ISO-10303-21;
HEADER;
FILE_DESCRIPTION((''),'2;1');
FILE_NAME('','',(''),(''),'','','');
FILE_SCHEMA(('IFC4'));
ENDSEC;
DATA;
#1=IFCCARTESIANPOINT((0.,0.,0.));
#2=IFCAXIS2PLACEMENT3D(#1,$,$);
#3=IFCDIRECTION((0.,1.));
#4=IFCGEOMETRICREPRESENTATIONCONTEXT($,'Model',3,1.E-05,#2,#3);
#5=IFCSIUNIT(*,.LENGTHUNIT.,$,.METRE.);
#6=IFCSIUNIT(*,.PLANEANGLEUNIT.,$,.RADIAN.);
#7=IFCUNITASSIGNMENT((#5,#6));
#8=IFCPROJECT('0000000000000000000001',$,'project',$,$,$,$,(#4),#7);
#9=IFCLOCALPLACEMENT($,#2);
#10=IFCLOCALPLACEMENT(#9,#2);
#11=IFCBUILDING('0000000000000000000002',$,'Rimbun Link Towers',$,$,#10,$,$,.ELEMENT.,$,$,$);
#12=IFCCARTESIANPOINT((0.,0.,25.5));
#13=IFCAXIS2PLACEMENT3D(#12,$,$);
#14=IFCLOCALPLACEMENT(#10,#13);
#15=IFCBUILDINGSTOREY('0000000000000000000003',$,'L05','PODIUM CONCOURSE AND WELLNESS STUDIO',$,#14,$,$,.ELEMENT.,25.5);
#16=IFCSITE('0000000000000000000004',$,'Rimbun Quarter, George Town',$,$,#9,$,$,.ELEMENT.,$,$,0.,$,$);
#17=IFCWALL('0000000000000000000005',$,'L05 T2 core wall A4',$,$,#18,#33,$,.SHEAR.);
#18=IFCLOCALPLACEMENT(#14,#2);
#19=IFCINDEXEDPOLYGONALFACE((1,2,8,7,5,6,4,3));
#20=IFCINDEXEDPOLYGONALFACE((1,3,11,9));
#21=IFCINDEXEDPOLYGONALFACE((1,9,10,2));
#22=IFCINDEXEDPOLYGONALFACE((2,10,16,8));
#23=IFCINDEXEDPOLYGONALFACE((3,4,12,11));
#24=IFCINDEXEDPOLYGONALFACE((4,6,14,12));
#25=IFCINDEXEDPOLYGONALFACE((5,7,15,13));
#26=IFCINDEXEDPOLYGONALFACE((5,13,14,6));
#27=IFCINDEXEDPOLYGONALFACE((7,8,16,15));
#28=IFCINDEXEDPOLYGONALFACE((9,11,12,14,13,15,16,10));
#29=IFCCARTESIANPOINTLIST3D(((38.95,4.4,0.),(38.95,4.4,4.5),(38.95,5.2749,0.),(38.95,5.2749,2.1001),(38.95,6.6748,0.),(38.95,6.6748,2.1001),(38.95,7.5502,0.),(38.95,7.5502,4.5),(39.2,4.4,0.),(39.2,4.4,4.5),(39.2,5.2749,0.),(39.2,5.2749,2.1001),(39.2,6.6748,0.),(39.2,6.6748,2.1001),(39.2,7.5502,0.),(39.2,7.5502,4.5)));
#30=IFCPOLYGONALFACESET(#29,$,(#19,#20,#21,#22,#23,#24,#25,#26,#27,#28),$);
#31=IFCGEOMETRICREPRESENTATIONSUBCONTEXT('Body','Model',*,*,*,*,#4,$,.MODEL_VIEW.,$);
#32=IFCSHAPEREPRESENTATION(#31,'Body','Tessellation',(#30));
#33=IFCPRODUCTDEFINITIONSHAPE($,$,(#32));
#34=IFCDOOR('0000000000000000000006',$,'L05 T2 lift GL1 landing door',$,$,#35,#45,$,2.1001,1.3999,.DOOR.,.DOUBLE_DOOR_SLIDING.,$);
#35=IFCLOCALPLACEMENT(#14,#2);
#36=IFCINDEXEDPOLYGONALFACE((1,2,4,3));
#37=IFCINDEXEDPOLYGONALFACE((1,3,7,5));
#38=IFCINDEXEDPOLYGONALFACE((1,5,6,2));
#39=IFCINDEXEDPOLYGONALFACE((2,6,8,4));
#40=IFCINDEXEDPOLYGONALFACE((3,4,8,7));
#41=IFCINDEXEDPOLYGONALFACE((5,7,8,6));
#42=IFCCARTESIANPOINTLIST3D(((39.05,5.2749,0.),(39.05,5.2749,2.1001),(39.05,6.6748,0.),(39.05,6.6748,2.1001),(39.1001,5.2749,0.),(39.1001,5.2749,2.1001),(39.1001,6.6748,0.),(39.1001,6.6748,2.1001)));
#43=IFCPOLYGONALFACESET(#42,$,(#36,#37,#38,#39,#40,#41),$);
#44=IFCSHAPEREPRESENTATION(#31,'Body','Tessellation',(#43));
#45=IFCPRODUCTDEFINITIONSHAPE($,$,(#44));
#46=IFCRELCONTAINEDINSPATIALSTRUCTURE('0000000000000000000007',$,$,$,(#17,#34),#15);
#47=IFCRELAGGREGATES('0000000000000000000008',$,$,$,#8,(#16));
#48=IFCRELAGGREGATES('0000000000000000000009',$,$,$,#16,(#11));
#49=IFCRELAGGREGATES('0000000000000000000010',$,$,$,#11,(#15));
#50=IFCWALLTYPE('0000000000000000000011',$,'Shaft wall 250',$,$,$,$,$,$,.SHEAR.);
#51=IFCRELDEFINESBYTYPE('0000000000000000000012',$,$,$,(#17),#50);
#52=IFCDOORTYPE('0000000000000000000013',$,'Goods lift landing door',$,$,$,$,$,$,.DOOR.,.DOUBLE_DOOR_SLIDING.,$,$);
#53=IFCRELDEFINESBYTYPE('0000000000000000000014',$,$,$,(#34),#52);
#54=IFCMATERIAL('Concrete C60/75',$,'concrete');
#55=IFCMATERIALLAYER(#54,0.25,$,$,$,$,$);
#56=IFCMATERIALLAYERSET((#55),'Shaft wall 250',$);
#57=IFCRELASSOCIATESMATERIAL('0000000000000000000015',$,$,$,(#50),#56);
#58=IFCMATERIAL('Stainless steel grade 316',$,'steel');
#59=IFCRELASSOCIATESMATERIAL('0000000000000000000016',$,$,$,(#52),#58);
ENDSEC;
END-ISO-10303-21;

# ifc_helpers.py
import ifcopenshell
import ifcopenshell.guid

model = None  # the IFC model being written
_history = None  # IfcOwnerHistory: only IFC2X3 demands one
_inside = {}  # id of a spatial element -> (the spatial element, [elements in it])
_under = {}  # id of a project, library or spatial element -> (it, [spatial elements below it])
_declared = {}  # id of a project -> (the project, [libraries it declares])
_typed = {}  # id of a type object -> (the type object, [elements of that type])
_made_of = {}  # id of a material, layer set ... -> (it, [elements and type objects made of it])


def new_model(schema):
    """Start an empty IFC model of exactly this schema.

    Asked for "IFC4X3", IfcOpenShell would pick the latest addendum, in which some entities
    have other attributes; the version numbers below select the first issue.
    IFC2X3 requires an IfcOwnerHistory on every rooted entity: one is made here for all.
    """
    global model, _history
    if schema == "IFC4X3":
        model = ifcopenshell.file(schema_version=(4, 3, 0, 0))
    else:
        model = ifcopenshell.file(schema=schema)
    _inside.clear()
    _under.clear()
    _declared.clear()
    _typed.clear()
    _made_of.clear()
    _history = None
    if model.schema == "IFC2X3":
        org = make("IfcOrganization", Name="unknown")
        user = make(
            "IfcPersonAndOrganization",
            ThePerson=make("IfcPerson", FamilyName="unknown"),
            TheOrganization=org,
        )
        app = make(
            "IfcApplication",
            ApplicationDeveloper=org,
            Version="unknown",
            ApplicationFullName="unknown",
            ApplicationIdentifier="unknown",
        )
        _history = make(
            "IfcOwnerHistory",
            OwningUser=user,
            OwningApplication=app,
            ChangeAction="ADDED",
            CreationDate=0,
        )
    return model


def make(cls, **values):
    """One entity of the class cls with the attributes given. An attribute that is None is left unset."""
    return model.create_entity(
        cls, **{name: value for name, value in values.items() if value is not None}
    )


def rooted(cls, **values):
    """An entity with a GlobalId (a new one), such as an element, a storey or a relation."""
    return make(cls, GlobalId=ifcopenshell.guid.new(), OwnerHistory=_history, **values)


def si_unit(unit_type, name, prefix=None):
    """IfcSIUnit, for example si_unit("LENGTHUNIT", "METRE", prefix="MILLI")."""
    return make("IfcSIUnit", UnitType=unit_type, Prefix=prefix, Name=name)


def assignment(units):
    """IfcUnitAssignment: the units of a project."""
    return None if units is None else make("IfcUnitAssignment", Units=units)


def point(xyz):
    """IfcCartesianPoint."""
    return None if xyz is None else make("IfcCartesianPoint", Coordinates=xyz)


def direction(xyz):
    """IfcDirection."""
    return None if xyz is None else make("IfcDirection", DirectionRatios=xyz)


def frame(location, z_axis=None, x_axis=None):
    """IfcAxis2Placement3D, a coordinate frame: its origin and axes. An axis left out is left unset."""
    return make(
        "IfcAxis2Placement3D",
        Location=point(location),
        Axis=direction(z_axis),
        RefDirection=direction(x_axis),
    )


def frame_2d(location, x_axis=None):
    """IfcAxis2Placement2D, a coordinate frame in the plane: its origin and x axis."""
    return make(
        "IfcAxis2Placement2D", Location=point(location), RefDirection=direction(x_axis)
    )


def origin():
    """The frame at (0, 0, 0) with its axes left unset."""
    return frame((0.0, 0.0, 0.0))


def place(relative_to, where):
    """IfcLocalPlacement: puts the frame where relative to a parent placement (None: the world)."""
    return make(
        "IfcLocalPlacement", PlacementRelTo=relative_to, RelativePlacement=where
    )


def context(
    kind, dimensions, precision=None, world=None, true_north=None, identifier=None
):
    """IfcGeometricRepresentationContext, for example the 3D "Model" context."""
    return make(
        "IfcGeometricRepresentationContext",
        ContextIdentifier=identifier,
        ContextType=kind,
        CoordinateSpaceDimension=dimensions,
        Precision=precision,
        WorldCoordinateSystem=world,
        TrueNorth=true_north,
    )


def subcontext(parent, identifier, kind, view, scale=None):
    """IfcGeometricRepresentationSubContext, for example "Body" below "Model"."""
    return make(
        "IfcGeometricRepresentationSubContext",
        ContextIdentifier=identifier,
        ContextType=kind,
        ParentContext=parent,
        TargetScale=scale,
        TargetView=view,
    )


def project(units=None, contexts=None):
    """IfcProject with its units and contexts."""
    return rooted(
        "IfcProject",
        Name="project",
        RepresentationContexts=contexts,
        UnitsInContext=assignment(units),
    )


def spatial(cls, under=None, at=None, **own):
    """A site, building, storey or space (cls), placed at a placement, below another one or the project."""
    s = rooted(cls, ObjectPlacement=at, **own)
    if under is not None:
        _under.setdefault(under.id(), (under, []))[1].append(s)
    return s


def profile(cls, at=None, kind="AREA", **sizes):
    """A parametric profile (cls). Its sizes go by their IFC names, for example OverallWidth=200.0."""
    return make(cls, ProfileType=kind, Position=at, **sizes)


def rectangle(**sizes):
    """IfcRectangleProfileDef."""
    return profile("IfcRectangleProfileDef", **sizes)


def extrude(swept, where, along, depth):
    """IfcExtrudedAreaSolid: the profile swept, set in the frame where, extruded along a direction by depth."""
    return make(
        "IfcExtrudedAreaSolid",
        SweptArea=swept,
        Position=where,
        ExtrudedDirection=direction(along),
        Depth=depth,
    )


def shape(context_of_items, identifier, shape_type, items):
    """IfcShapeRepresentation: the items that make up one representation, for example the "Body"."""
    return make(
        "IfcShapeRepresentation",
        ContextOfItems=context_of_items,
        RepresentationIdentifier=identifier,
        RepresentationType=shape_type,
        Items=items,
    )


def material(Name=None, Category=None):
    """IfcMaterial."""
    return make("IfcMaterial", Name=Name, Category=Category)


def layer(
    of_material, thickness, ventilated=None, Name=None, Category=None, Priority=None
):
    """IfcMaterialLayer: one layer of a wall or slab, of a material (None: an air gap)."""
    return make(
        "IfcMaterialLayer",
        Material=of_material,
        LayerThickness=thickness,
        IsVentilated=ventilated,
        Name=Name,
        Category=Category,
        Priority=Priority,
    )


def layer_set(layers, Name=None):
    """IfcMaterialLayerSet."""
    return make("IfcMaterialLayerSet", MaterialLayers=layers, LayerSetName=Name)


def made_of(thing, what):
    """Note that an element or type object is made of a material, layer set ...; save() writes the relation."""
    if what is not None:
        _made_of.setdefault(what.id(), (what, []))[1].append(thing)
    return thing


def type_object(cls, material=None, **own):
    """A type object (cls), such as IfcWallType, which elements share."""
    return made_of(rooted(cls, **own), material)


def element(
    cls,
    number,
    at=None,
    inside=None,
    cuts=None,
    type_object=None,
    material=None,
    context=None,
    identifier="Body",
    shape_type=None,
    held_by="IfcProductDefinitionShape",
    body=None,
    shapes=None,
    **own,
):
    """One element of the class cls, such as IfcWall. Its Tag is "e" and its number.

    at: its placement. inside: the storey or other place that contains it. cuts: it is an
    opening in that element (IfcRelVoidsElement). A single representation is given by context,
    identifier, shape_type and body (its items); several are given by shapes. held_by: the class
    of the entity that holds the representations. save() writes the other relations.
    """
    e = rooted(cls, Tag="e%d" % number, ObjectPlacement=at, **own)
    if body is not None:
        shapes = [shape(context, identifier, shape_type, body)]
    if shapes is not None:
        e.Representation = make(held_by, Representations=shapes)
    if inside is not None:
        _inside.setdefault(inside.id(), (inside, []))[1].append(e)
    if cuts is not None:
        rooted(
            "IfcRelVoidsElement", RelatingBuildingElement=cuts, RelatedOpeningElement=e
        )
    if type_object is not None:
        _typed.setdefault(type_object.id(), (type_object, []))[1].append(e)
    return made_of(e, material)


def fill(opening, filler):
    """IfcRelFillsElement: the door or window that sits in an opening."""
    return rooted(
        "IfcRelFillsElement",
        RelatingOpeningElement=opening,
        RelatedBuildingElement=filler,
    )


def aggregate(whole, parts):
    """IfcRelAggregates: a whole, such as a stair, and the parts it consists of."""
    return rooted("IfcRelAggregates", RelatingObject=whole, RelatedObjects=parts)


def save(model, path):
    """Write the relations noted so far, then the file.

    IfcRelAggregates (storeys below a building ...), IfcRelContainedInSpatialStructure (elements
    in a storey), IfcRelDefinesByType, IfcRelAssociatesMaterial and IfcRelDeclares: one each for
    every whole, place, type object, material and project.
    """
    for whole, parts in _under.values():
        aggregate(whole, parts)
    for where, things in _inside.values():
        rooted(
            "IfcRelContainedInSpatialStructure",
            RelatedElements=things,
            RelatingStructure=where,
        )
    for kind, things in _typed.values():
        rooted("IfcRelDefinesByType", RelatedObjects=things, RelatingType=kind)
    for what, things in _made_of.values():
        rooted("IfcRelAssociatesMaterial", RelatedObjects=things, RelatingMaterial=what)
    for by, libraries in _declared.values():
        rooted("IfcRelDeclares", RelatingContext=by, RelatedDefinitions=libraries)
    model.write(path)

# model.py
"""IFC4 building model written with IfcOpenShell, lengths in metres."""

from ifc_helpers import new_model, si_unit, direction, frame, frame_2d, origin, place, context, subcontext, project, spatial, rectangle, extrude, material, layer, layer_set, type_object, element, fill, save


model = new_model("IFC4")

# Units and contexts
model_context = context("Model", 3, precision=1e-05, world=origin(), true_north=direction((0.0, 1.0)))
body_context = subcontext(model_context, "Body", "Model", "MODEL_VIEW")
ifc_project = project(units=[si_unit("LENGTHUNIT", "METRE"), si_unit("PLANEANGLEUNIT", "RADIAN")], contexts=[model_context])

# Site, building, storey
site_placement = place(None, origin())
site = spatial("IfcSite", under=ifc_project, at=site_placement, Name="Rimbun Quarter, George Town", CompositionType="ELEMENT", RefElevation=0.0)
building_placement = place(site_placement, origin())
building = spatial("IfcBuilding", under=site, at=building_placement, Name="Rimbun Link Towers", CompositionType="ELEMENT")
storey_placement = place(building_placement, frame((0.0, 0.0, 25.5)))
storey = spatial("IfcBuildingStorey", under=building, at=storey_placement, Name="L05", Description="PODIUM CONCOURSE AND WELLNESS STUDIO", CompositionType="ELEMENT", Elevation=25.5)

# Shared definitions
ifc_material_1 = material(Name="Concrete C60/75", Category="concrete")
ifc_layer_1 = layer(ifc_material_1, 0.25)
ifc_layer_set_1 = layer_set([ifc_layer_1], Name="Shaft wall 250")
wall_type_1 = type_object("IfcWallType", Name="Shaft wall 250", PredefinedType="SHEAR", material=ifc_layer_set_1)

# Wall, opening, door
wall_1_placement = place(storey_placement, frame((39.075, 4.3999, 0.0), z_axis=(0.0, 0.0, 1.0), x_axis=(0.0, 1.0, 0.0)))
wall_1 = element("IfcWall", 1, at=wall_1_placement, inside=storey, type_object=wall_type_1, Name="L05 T2 core wall A4", PredefinedType="SHEAR", context=body_context, shape_type="SweptSolid", body=[
    extrude(rectangle(XDim=3.1501, YDim=0.25, at=frame_2d((1.5752, 0.0))), origin(), (0.0, 0.0, 1.0), 4.5),
])
opening_1_placement = place(wall_1_placement, frame((0.875, 0.0, 0.0)))
opening_1 = element("IfcOpeningElement", 2, at=opening_1_placement, cuts=wall_1, PredefinedType="OPENING", context=body_context, shape_type="SweptSolid", body=[
    extrude(rectangle(XDim=1.3999, YDim=2.1001, at=frame_2d((0.7, 1.05))), frame((0.0, 0.135, 0.0), z_axis=(0.0, -1.0, 0.0), x_axis=(1.0, 0.0, 0.0)), (0.0, 0.0, 1.0), 0.27),
])
ifc_material_2 = material(Name="Stainless steel grade 316", Category="steel")
door_type_1 = type_object("IfcDoorType", Name="Goods lift landing door", OperationType="DOUBLE_DOOR_SLIDING", PredefinedType="DOOR", material=ifc_material_2)
door_1_placement = place(opening_1_placement, origin())
door_1 = element("IfcDoor", 3, at=door_1_placement, inside=storey, type_object=door_type_1, Name="L05 T2 lift GL1 landing door", OperationType="DOUBLE_DOOR_SLIDING", OverallHeight=2.1001, OverallWidth=1.3999, PredefinedType="DOOR", context=body_context, shape_type="SweptSolid", body=[
    extrude(rectangle(XDim=1.3999, YDim=2.1001, at=frame_2d((0.7, 1.05))), frame((0.0, 0.0249, 0.0), z_axis=(0.0, -1.0, 0.0), x_axis=(1.0, 0.0, 0.0)), (0.0, 0.0, 1.0), 0.05),
])
fill(opening_1, door_1)

save(model, "model.ifc")
